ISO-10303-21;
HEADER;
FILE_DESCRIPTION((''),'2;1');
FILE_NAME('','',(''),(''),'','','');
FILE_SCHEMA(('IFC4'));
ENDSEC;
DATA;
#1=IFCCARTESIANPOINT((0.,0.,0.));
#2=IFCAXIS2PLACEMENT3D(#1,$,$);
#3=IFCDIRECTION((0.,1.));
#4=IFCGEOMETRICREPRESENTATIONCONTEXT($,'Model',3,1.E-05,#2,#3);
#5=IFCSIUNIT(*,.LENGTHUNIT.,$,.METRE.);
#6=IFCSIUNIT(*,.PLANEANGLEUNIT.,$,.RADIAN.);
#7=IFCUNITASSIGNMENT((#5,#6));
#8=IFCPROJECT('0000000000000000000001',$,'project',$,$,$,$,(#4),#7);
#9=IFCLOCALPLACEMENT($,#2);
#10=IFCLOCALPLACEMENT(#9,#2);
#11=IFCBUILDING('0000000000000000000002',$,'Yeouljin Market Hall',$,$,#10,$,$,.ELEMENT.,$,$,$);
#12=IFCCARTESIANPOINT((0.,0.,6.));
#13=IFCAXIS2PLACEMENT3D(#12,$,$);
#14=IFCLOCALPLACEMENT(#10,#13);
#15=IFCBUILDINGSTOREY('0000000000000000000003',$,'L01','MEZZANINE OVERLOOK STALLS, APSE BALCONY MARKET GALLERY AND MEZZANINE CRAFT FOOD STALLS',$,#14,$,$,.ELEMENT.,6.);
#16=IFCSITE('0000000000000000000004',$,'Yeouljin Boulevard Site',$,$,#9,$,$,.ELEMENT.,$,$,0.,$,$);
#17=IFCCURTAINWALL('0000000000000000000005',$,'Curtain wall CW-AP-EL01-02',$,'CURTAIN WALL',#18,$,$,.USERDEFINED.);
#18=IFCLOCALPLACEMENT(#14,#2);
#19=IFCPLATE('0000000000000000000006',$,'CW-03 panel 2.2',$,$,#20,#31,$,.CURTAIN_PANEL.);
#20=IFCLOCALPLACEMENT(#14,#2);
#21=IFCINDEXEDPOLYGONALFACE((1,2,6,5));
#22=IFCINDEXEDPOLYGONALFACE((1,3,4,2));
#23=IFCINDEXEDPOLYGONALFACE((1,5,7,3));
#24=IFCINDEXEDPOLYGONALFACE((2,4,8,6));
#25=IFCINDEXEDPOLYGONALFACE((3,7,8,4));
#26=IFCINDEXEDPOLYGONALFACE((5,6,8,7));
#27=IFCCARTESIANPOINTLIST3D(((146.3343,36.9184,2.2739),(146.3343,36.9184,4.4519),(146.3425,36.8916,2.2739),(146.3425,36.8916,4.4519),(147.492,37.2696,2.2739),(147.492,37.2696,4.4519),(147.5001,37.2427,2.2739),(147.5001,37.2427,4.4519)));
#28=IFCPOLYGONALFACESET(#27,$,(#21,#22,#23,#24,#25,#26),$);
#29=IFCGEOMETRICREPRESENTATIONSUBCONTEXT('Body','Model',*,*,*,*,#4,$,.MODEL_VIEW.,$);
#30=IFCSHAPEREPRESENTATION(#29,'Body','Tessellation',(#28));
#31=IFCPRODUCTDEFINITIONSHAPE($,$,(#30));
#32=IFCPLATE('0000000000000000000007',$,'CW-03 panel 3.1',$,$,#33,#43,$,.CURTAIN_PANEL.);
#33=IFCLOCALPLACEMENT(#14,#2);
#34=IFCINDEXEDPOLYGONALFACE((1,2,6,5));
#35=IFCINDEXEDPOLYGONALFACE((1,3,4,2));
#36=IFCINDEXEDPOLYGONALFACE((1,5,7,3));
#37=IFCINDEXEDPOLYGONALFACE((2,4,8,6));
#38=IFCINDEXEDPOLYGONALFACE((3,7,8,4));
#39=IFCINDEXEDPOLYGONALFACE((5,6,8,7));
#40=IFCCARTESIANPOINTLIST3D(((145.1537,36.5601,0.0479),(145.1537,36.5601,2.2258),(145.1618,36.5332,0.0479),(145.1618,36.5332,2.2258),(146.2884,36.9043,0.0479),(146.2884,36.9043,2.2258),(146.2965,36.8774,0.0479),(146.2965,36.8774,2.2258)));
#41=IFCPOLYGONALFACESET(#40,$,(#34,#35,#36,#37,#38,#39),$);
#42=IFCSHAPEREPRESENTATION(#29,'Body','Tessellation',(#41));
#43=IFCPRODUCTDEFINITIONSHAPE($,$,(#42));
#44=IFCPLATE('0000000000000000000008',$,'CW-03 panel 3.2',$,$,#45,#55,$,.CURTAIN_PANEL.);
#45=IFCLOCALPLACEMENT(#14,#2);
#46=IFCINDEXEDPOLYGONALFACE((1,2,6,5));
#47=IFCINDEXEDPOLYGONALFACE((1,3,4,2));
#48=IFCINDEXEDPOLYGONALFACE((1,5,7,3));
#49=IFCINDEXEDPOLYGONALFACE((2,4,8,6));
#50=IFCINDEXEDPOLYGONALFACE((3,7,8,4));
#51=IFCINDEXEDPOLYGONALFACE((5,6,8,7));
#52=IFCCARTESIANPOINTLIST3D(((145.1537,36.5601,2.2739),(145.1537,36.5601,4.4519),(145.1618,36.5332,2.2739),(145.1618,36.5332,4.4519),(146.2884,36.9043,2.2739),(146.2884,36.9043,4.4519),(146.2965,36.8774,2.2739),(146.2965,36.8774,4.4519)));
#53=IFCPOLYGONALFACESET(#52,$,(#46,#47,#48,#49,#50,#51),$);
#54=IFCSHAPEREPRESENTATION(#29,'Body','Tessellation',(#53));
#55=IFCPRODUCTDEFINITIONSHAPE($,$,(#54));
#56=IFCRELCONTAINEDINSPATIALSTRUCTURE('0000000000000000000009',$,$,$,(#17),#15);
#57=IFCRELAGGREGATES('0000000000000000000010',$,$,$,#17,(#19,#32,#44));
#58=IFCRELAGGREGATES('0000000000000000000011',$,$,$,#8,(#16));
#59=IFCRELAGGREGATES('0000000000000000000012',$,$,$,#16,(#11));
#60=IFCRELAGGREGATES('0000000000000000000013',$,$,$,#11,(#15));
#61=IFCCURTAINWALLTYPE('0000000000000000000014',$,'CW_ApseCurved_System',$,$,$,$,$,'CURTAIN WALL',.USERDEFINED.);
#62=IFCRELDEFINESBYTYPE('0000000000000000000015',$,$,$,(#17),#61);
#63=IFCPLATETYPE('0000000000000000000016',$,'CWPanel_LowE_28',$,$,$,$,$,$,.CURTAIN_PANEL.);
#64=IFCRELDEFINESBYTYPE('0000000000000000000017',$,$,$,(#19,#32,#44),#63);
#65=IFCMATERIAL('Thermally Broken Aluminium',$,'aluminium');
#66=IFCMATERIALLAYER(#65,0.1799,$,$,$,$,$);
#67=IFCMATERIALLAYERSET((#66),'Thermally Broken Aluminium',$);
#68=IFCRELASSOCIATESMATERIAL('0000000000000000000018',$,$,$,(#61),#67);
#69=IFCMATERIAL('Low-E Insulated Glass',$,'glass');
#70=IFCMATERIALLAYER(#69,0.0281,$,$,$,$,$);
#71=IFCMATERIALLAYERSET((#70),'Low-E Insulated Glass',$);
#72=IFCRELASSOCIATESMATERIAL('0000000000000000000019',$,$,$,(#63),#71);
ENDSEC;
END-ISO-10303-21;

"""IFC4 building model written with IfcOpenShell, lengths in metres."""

from ifc_helpers import new_model, si_unit, direction, frame, origin, origin_2d, place, context, subcontext, project, spatial, rectangle, extrude, material, layer, layer_set, type_object, element, aggregate, save


model = new_model("IFC4")

# Units and contexts
model_context = context("Model", 3, precision=1e-05, world=origin(), true_north=direction((0.0, 1.0)))
body_context = subcontext(model_context, "Body", "Model", "MODEL_VIEW")
ifc_project = project(units=[si_unit("LENGTHUNIT", "METRE"), si_unit("PLANEANGLEUNIT", "RADIAN")], contexts=[model_context])

# Site, building, storey
site_placement = place(None, origin())
site = spatial("IfcSite", under=ifc_project, at=site_placement, Name="Yeouljin Boulevard Site", CompositionType="ELEMENT", RefElevation=0.0)
building_placement = place(site_placement, origin())
building = spatial("IfcBuilding", under=site, at=building_placement, Name="Yeouljin Market Hall", CompositionType="ELEMENT")
storey_placement = place(building_placement, frame((0.0, 0.0, 6.0)))
storey = spatial("IfcBuildingStorey", under=building, at=storey_placement, Name="L01", Description="MEZZANINE OVERLOOK STALLS, APSE BALCONY MARKET GALLERY AND MEZZANINE CRAFT FOOD STALLS", CompositionType="ELEMENT", Elevation=6.0)

# Shared definitions
ifc_material_1 = material(Name="Thermally Broken Aluminium", Category="aluminium")
ifc_layer_1 = layer(ifc_material_1, 0.1799)
ifc_layer_set_1 = layer_set([ifc_layer_1], Name="Thermally Broken Aluminium")
curtain_wall_type = type_object("IfcCurtainWallType", Name="CW_ApseCurved_System", ElementType="CURTAIN WALL", PredefinedType="USERDEFINED", material=ifc_layer_set_1)

# Curtain wall
curtain_wall_1_placement = place(storey_placement, origin())
curtain_wall_1 = element("IfcCurtainWall", 1, at=curtain_wall_1_placement, inside=storey, type_object=curtain_wall_type, Name="Curtain wall CW-AP-EL01-02", ObjectType="CURTAIN WALL", PredefinedType="USERDEFINED")

# Plates
ifc_material_2 = material(Name="Low-E Insulated Glass", Category="glass")
ifc_layer_2 = layer(ifc_material_2, 0.0281)
ifc_layer_set_2 = layer_set([ifc_layer_2], Name="Low-E Insulated Glass")
plate_type = type_object("IfcPlateType", Name="CWPanel_LowE_28", PredefinedType="CURTAIN_PANEL", material=ifc_layer_set_2)
plate_1_placement = place(storey_placement, frame((146.9172, 37.0806, 2.2739), z_axis=(0.0, 0.0, 1.0), x_axis=(-0.95694, -0.290286, 0.0)))
plate_1 = element("IfcPlate", 2, at=plate_1_placement, type_object=plate_type, Name="CW-03 panel 2.2", PredefinedType="CURTAIN_PANEL", context=body_context, shape_type="SweptSolid", body=[
    extrude(rectangle(XDim=1.2097, YDim=0.0281, at=origin_2d()), origin(), (0.0, 0.0, 1.0), 2.178),
])
plate_2_placement = place(storey_placement, frame((145.7251, 36.7188, 0.0479), z_axis=(0.0, 0.0, 1.0), x_axis=(-0.95694, -0.290286, 0.0)))
plate_2 = element("IfcPlate", 3, at=plate_2_placement, type_object=plate_type, Name="CW-03 panel 3.1", PredefinedType="CURTAIN_PANEL", context=body_context, shape_type="SweptSolid", body=[
    extrude(rectangle(XDim=1.1858, YDim=0.0281, at=origin_2d()), origin(), (0.0, 0.0, 1.0), 2.178),
])
plate_3_placement = place(storey_placement, frame((145.7251, 36.7188, 2.2739), z_axis=(0.0, 0.0, 1.0), x_axis=(-0.95694, -0.290286, 0.0)))
plate_3 = element("IfcPlate", 4, at=plate_3_placement, type_object=plate_type, Name="CW-03 panel 3.2", PredefinedType="CURTAIN_PANEL", context=body_context, shape_type="SweptSolid", body=[
    extrude(rectangle(XDim=1.1858, YDim=0.0281, at=origin_2d()), origin(), (0.0, 0.0, 1.0), 2.178),
])
aggregate(curtain_wall_1, [plate_1, plate_2, plate_3])

save(model, "model.ifc")
